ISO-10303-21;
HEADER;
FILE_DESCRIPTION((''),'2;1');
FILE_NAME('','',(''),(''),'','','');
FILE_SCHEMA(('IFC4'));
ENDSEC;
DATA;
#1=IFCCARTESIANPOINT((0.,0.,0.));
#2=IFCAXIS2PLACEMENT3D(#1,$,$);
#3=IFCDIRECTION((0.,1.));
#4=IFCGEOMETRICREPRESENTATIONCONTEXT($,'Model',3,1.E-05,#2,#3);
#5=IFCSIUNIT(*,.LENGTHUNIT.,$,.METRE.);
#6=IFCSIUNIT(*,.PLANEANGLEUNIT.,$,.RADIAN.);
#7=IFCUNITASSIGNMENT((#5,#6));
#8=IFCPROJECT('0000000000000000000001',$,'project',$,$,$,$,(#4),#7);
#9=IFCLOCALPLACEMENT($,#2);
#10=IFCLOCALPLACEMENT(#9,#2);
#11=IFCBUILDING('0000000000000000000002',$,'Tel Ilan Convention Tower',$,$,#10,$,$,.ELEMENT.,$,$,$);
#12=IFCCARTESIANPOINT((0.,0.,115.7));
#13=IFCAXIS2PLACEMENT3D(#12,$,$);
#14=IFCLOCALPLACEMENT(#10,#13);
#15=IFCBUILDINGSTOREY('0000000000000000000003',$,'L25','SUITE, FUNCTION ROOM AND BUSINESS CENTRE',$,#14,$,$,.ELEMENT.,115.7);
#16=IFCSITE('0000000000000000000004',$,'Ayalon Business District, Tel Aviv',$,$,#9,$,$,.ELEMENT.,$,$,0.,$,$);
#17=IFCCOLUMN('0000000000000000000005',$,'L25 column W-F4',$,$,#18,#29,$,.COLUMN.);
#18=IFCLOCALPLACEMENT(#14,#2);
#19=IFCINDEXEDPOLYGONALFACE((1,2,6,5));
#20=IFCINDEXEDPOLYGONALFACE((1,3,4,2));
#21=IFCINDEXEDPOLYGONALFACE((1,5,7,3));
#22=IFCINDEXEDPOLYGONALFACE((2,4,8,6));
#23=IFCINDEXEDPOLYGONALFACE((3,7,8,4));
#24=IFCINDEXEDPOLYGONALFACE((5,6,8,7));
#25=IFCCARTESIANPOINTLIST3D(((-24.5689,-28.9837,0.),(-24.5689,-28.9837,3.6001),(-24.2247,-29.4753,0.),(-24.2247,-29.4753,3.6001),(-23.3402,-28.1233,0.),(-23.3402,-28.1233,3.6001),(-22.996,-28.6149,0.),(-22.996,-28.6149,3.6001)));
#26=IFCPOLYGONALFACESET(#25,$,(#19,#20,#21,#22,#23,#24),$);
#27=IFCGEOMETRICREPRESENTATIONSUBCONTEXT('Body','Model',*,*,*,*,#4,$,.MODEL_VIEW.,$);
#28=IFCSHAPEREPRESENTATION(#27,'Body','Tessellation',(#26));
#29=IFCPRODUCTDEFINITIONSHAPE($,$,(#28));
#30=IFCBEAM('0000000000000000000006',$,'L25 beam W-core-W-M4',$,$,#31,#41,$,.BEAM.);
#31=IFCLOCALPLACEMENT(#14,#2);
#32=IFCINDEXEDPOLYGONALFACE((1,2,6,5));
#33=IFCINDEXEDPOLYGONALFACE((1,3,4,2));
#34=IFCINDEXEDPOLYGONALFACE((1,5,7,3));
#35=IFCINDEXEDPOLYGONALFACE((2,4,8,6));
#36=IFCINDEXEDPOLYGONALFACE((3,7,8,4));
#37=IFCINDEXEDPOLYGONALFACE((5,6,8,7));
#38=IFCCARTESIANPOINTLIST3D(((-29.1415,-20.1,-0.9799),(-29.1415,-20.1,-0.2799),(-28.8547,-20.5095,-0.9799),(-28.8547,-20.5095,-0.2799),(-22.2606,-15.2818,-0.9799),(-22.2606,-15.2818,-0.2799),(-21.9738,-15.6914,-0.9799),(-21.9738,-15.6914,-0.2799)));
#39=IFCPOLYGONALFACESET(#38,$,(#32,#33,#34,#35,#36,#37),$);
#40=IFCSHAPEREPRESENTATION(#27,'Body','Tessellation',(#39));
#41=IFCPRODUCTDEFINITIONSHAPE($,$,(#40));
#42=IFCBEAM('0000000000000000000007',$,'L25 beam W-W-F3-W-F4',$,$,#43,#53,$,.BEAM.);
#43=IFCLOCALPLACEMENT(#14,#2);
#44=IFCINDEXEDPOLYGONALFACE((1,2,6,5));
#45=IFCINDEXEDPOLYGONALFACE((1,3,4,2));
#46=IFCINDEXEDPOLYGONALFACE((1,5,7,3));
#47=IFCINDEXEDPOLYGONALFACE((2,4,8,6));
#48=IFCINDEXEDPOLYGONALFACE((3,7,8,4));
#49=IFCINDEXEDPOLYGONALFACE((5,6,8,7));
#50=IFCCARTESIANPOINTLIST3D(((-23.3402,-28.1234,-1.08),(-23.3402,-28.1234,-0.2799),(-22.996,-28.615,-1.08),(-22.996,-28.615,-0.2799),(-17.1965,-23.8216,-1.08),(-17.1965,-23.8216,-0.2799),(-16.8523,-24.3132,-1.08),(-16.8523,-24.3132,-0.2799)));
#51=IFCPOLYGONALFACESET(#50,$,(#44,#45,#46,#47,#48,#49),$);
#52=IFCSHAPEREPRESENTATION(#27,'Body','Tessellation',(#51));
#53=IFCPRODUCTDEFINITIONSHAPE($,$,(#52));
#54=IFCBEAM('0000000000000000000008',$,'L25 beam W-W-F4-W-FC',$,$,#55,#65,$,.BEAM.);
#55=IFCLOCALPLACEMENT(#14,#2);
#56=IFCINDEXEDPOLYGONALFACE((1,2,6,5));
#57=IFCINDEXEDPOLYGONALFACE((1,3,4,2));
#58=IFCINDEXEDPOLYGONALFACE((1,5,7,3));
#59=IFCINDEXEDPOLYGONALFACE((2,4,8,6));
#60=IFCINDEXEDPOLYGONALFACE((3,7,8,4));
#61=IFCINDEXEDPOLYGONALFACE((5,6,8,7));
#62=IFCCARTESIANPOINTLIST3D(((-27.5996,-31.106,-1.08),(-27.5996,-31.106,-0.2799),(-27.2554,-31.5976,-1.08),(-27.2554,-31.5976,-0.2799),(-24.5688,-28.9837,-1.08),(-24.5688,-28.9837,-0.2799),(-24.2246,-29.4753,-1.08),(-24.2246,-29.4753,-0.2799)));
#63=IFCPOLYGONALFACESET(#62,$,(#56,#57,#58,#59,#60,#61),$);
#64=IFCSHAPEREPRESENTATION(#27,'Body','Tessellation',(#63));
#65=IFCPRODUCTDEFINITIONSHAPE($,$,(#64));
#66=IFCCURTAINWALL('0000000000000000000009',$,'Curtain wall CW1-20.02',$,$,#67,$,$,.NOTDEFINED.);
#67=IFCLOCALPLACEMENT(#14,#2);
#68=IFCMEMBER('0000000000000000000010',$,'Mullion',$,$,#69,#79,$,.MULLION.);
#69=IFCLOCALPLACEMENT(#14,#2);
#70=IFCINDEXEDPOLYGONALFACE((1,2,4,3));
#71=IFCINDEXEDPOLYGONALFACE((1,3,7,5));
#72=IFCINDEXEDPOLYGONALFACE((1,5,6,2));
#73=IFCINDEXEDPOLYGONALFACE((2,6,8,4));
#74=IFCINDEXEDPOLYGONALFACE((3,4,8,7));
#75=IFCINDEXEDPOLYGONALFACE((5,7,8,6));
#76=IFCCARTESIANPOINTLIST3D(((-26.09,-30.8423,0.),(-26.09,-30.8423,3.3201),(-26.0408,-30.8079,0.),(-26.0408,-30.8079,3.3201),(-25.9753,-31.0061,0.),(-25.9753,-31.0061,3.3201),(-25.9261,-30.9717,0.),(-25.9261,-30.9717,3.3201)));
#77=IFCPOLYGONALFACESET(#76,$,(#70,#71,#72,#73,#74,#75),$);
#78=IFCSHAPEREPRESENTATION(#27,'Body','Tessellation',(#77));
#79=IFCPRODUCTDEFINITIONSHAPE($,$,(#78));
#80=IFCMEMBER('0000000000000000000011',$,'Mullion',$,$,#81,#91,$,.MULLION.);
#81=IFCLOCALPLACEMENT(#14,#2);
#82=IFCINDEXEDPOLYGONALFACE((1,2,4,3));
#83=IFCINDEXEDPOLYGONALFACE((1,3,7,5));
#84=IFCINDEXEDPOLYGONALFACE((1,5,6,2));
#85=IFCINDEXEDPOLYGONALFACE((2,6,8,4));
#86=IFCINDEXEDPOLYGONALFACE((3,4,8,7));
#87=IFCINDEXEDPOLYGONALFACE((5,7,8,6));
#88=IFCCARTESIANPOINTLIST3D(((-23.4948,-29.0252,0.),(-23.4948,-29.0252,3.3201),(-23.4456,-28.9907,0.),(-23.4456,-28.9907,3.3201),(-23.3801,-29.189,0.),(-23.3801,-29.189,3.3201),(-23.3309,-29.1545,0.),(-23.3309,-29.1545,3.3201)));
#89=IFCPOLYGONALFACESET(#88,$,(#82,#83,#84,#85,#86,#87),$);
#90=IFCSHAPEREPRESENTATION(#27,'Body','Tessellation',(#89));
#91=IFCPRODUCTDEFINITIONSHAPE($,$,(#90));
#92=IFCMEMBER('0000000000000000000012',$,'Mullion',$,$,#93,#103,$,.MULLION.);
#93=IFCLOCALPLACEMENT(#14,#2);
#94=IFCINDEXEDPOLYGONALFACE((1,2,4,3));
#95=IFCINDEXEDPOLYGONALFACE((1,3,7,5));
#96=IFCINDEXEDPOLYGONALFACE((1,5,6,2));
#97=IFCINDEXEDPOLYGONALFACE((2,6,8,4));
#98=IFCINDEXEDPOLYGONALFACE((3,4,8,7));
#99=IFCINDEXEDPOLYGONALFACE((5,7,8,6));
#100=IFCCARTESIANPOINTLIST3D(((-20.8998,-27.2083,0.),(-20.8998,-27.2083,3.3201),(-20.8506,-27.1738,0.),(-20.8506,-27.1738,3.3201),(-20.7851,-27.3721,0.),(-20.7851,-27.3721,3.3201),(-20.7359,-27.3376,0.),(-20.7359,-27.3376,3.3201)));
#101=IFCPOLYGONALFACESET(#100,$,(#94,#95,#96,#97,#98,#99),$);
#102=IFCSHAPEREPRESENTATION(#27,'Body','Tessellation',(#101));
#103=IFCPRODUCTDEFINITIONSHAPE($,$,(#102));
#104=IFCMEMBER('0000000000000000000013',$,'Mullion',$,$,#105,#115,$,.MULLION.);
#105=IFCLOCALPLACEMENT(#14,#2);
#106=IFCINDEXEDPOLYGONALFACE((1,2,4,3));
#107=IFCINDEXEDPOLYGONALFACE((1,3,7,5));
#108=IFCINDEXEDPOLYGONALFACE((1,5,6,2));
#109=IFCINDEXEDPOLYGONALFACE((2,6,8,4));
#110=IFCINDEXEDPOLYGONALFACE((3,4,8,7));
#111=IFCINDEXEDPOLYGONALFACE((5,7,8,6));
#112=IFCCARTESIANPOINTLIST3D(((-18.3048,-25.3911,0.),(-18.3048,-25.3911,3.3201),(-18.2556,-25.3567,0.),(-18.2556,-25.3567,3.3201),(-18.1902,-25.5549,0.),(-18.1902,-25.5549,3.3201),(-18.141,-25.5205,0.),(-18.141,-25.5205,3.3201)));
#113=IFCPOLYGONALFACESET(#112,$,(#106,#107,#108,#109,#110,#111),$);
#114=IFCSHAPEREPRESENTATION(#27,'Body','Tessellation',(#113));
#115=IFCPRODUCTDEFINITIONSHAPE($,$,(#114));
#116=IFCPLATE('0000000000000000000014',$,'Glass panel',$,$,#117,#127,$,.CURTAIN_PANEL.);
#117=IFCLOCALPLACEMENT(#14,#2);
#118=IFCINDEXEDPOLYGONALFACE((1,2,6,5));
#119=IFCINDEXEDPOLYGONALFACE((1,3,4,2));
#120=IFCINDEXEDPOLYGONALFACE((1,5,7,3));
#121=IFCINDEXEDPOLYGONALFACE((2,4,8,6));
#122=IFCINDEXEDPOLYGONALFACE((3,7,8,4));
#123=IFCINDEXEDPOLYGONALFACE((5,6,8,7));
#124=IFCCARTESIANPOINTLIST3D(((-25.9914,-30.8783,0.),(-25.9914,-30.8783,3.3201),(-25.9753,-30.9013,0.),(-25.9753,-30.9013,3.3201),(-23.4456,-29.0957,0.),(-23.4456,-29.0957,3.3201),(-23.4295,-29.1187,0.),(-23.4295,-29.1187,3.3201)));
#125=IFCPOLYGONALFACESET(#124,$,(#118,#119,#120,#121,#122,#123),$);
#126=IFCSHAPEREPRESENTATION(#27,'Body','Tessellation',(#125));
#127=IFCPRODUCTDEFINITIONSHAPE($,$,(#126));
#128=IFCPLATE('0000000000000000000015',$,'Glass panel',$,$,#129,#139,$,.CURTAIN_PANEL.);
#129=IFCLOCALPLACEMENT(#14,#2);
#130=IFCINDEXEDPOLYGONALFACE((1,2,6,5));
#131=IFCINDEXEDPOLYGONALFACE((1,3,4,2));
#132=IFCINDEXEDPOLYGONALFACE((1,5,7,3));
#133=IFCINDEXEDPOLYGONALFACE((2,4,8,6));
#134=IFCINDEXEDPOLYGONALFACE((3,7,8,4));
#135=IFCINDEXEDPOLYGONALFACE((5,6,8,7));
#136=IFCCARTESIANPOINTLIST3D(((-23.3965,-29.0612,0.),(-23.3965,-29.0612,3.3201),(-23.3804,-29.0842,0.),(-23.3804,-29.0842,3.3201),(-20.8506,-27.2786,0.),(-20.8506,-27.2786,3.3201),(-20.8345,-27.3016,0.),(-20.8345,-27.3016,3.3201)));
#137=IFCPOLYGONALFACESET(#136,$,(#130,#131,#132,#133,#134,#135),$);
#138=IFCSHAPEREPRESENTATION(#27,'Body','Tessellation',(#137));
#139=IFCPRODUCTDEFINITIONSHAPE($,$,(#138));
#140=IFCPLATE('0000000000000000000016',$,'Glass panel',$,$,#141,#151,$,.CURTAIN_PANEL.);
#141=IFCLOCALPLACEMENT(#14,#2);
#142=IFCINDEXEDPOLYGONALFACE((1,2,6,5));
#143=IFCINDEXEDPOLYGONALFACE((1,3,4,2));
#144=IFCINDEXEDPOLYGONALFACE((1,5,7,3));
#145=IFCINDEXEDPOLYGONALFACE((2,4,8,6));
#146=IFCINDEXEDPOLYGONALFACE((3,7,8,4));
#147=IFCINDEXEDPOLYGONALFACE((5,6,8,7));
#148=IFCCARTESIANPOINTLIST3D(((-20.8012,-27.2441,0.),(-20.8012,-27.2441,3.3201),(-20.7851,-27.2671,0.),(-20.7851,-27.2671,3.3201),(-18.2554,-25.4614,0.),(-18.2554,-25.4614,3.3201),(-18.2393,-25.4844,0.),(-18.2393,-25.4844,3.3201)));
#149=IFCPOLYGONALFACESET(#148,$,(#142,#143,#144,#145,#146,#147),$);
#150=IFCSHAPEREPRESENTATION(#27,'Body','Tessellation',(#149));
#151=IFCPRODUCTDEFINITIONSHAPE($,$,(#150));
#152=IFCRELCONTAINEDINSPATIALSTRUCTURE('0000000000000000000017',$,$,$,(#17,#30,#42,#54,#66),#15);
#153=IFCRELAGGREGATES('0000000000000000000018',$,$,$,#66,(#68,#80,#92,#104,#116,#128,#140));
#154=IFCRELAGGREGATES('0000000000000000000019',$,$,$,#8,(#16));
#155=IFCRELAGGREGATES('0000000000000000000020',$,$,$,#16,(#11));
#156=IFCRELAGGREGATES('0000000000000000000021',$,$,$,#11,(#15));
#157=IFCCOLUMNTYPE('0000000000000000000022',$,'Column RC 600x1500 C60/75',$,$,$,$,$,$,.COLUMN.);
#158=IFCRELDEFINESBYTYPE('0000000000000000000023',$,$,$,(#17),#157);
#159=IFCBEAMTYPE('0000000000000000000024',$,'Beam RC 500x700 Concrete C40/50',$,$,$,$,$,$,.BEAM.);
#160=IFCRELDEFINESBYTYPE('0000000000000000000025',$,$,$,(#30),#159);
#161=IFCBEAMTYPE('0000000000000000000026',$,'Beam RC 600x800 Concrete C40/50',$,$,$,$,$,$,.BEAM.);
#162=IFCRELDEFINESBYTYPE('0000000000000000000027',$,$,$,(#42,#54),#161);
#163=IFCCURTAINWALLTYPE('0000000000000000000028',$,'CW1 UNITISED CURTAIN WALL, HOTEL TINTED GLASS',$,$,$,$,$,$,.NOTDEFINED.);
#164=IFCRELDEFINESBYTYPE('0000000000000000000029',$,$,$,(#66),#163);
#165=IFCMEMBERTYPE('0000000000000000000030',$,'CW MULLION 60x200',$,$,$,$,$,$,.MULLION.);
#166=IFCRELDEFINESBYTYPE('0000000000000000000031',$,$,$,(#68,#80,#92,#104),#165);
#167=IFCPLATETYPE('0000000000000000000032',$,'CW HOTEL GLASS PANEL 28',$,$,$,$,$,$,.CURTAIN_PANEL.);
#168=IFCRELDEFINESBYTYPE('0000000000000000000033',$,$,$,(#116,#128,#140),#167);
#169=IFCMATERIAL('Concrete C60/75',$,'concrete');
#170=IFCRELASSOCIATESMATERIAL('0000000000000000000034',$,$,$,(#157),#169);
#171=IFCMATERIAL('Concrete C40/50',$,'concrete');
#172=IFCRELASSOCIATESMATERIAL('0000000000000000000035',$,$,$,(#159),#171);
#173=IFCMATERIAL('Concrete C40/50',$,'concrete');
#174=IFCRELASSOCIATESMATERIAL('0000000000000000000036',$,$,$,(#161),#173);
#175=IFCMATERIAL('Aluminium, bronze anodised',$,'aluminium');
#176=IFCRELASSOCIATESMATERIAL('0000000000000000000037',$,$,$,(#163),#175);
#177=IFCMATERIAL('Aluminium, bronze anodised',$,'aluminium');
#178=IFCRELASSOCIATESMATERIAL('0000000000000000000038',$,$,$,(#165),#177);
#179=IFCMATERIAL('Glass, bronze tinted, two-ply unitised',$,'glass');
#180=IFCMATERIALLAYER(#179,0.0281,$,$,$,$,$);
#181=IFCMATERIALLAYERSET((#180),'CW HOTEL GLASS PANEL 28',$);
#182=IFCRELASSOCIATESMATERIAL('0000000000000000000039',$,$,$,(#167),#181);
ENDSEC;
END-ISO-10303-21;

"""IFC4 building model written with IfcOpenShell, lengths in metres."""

from ifc_helpers import new_model, si_unit, direction, frame, origin, origin_2d, place, context, subcontext, project, spatial, rectangle, extrude, material, layer, layer_set, material_profile, profile_set, type_object, element, aggregate, save


model = new_model("IFC4")

# Units and contexts
model_context = context("Model", 3, precision=1e-05, world=origin(), true_north=direction((0.0, 1.0)))
body_context = subcontext(model_context, "Body", "Model", "MODEL_VIEW")
ifc_project = project(units=[si_unit("LENGTHUNIT", "METRE"), si_unit("PLANEANGLEUNIT", "RADIAN")], contexts=[model_context])

# Site, building, storey
site_placement = place(None, origin())
site = spatial("IfcSite", under=ifc_project, at=site_placement, Name="Ayalon Business District, Tel Aviv", CompositionType="ELEMENT", RefElevation=0.0)
building_placement = place(site_placement, origin())
building = spatial("IfcBuilding", under=site, at=building_placement, Name="Tel Ilan Convention Tower", CompositionType="ELEMENT")
storey_placement = place(building_placement, frame((0.0, 0.0, 115.7)))
storey = spatial("IfcBuildingStorey", under=building, at=storey_placement, Name="L25", Description="SUITE, FUNCTION ROOM AND BUSINESS CENTRE", CompositionType="ELEMENT", Elevation=115.7)

# Column
ifc_material_1 = material(Name="Concrete C60/75", Category="concrete")
ifc_material_profile_1 = material_profile(ifc_material_1, rectangle(XDim=1.5, YDim=0.6001, at=origin_2d()), Name="RC 600x1500")
ifc_profile_set_1 = profile_set([ifc_material_profile_1], Name="Concrete C60/75")
column_type = type_object("IfcColumnType", Name="Column RC 600x1500 C60/75", PredefinedType="COLUMN", material=ifc_profile_set_1)
column_placement = place(storey_placement, frame((-23.7825, -28.7993, 0.0), z_axis=(0.0, 0.0, 1.0), x_axis=(-0.819152, -0.573576, 0.0)))
element("IfcColumn", 1, at=column_placement, inside=storey, type_object=column_type, Name="L25 column W-F4", PredefinedType="COLUMN", context=body_context, shape_type="SweptSolid", body=[
    extrude(rectangle(XDim=1.5, YDim=0.6001, at=origin_2d()), origin(), (0.0, 0.0, 1.0), 3.6001),
])

# Beams
ifc_material_2 = material(Name="Concrete C40/50", Category="concrete")
ifc_material_profile_2 = material_profile(ifc_material_2, rectangle(XDim=0.5, YDim=0.7, at=origin_2d()), Name="RC 500x700")
ifc_profile_set_2 = profile_set([ifc_material_profile_2], Name="Concrete C40/50")
beam_type_1 = type_object("IfcBeamType", Name="Beam RC 500x700 Concrete C40/50", PredefinedType="BEAM", material=ifc_profile_set_2)
beam_1_placement = place(storey_placement, frame((-22.1172, -15.4866, -0.6299), z_axis=(-0.819147, -0.573583, 0.0), x_axis=(0.573583, -0.819147, 0.0)))
element("IfcBeam", 2, at=beam_1_placement, inside=storey, type_object=beam_type_1, Name="L25 beam W-core-W-M4", PredefinedType="BEAM", context=body_context, shape_type="SweptSolid", body=[
    extrude(rectangle(XDim=0.5, YDim=0.7, at=origin_2d()), origin(), (0.0, 0.0, 1.0), 8.4001),
])
ifc_material_3 = material(Name="Concrete C40/50", Category="concrete")
ifc_material_profile_3 = material_profile(ifc_material_3, rectangle(XDim=0.6001, YDim=0.8, at=origin_2d()), Name="RC 600x800")
ifc_profile_set_3 = profile_set([ifc_material_profile_3], Name="Concrete C40/50")
beam_type_2 = type_object("IfcBeamType", Name="Beam RC 600x800 Concrete C40/50", PredefinedType="BEAM", material=ifc_profile_set_3)
beam_2_placement = place(storey_placement, frame((-17.0244, -24.0674, -0.6799), z_axis=(-0.819152, -0.573576, 0.0), x_axis=(0.573576, -0.819152, 0.0)))
element("IfcBeam", 3, at=beam_2_placement, inside=storey, type_object=beam_type_2, Name="L25 beam W-W-F3-W-F4", PredefinedType="BEAM", context=body_context, shape_type="SweptSolid", body=[
    extrude(rectangle(XDim=0.6001, YDim=0.8, at=origin_2d()), origin(), (0.0, 0.0, 1.0), 7.5),
])
beam_3_placement = place(storey_placement, frame((-24.3967, -29.2295, -0.6799), z_axis=(-0.819133, -0.573604, 0.0), x_axis=(0.573604, -0.819133, 0.0)))
element("IfcBeam", 4, at=beam_3_placement, inside=storey, type_object=beam_type_2, Name="L25 beam W-W-F4-W-FC", PredefinedType="BEAM", context=body_context, shape_type="SweptSolid", body=[
    extrude(rectangle(XDim=0.6001, YDim=0.8, at=origin_2d()), origin(), (0.0, 0.0, 1.0), 3.7),
])

# Curtain wall, members, plates
ifc_material_4 = material(Name="Aluminium, bronze anodised", Category="aluminium")
curtain_wall_type = type_object("IfcCurtainWallType", Name="CW1 UNITISED CURTAIN WALL, HOTEL TINTED GLASS", PredefinedType="NOTDEFINED", material=ifc_material_4)
curtain_wall_placement = place(storey_placement, origin())
curtain_wall = element("IfcCurtainWall", 5, at=curtain_wall_placement, inside=storey, type_object=curtain_wall_type, Name="Curtain wall CW1-20.02", PredefinedType="NOTDEFINED")
ifc_material_5 = material(Name="Aluminium, bronze anodised", Category="aluminium")
ifc_material_profile_4 = material_profile(ifc_material_5, rectangle(XDim=0.0601, YDim=0.2, at=origin_2d()), Name="CW MULLION 60x200")
ifc_profile_set_4 = profile_set([ifc_material_profile_4], Name="Aluminium, bronze anodised")
member_type = type_object("IfcMemberType", Name="CW MULLION 60x200", PredefinedType="MULLION", material=ifc_profile_set_4)
member_1_placement = place(storey_placement, frame((-26.0081, -30.907, 0.0), z_axis=(0.0, 0.0, 1.0), x_axis=(0.819152, 0.573576, 0.0)))
member_1 = element("IfcMember", 6, at=member_1_placement, type_object=member_type, Name="Mullion", PredefinedType="MULLION", context=body_context, shape_type="SweptSolid", body=[
    extrude(rectangle(XDim=0.0601, YDim=0.2, at=origin_2d()), origin(), (0.0, 0.0, 1.0), 3.3201),
])
member_2_placement = place(storey_placement, frame((-23.4128, -29.0898, 0.0), z_axis=(0.0, 0.0, 1.0), x_axis=(0.819152, 0.573576, 0.0)))
member_2 = element("IfcMember", 7, at=member_2_placement, type_object=member_type, Name="Mullion", PredefinedType="MULLION", context=body_context, shape_type="SweptSolid", body=[
    extrude(rectangle(XDim=0.0601, YDim=0.2, at=origin_2d()), origin(), (0.0, 0.0, 1.0), 3.3201),
])
member_3_placement = place(storey_placement, frame((-20.8179, -27.2729, 0.0), z_axis=(0.0, 0.0, 1.0), x_axis=(0.819152, 0.573576, 0.0)))
member_3 = element("IfcMember", 8, at=member_3_placement, type_object=member_type, Name="Mullion", PredefinedType="MULLION", context=body_context, shape_type="SweptSolid", body=[
    extrude(rectangle(XDim=0.0601, YDim=0.2, at=origin_2d()), origin(), (0.0, 0.0, 1.0), 3.3201),
])
member_4_placement = place(storey_placement, frame((-18.2229, -25.4558, 0.0), z_axis=(0.0, 0.0, 1.0), x_axis=(0.819152, 0.573576, 0.0)))
member_4 = element("IfcMember", 9, at=member_4_placement, type_object=member_type, Name="Mullion", PredefinedType="MULLION", context=body_context, shape_type="SweptSolid", body=[
    extrude(rectangle(XDim=0.0601, YDim=0.2, at=origin_2d()), origin(), (0.0, 0.0, 1.0), 3.3201),
])
ifc_material_6 = material(Name="Glass, bronze tinted, two-ply unitised", Category="glass")
ifc_layer_1 = layer(ifc_material_6, 0.0281)
ifc_layer_set_1 = layer_set([ifc_layer_1], Name="CW HOTEL GLASS PANEL 28")
plate_type = type_object("IfcPlateType", Name="CW HOTEL GLASS PANEL 28", PredefinedType="CURTAIN_PANEL", material=ifc_layer_set_1)
plate_1_placement = place(storey_placement, frame((-24.7104, -29.9985, 0.0), z_axis=(0.0, 0.0, 1.0), x_axis=(0.819152, 0.573576, 0.0)))
plate_1 = element("IfcPlate", 10, at=plate_1_placement, type_object=plate_type, Name="Glass panel", PredefinedType="CURTAIN_PANEL", context=body_context, shape_type="SweptSolid", body=[
    extrude(rectangle(XDim=3.1079, YDim=0.0281, at=origin_2d()), origin(), (0.0, 0.0, 1.0), 3.3201),
])
plate_2_placement = place(storey_placement, frame((-22.1155, -28.1814, 0.0), z_axis=(0.0, 0.0, 1.0), x_axis=(0.819152, 0.573576, 0.0)))
plate_2 = element("IfcPlate", 11, at=plate_2_placement, type_object=plate_type, Name="Glass panel", PredefinedType="CURTAIN_PANEL", context=body_context, shape_type="SweptSolid", body=[
    extrude(rectangle(XDim=3.1079, YDim=0.0281, at=origin_2d()), origin(), (0.0, 0.0, 1.0), 3.3201),
])
plate_3_placement = place(storey_placement, frame((-19.5203, -26.3643, 0.0), z_axis=(0.0, 0.0, 1.0), x_axis=(0.819152, 0.573576, 0.0)))
plate_3 = element("IfcPlate", 12, at=plate_3_placement, type_object=plate_type, Name="Glass panel", PredefinedType="CURTAIN_PANEL", context=body_context, shape_type="SweptSolid", body=[
    extrude(rectangle(XDim=3.1079, YDim=0.0281, at=origin_2d()), origin(), (0.0, 0.0, 1.0), 3.3201),
])
aggregate(curtain_wall, [member_1, member_2, member_3, member_4, plate_1, plate_2, plate_3])

save(model, "model.ifc")
